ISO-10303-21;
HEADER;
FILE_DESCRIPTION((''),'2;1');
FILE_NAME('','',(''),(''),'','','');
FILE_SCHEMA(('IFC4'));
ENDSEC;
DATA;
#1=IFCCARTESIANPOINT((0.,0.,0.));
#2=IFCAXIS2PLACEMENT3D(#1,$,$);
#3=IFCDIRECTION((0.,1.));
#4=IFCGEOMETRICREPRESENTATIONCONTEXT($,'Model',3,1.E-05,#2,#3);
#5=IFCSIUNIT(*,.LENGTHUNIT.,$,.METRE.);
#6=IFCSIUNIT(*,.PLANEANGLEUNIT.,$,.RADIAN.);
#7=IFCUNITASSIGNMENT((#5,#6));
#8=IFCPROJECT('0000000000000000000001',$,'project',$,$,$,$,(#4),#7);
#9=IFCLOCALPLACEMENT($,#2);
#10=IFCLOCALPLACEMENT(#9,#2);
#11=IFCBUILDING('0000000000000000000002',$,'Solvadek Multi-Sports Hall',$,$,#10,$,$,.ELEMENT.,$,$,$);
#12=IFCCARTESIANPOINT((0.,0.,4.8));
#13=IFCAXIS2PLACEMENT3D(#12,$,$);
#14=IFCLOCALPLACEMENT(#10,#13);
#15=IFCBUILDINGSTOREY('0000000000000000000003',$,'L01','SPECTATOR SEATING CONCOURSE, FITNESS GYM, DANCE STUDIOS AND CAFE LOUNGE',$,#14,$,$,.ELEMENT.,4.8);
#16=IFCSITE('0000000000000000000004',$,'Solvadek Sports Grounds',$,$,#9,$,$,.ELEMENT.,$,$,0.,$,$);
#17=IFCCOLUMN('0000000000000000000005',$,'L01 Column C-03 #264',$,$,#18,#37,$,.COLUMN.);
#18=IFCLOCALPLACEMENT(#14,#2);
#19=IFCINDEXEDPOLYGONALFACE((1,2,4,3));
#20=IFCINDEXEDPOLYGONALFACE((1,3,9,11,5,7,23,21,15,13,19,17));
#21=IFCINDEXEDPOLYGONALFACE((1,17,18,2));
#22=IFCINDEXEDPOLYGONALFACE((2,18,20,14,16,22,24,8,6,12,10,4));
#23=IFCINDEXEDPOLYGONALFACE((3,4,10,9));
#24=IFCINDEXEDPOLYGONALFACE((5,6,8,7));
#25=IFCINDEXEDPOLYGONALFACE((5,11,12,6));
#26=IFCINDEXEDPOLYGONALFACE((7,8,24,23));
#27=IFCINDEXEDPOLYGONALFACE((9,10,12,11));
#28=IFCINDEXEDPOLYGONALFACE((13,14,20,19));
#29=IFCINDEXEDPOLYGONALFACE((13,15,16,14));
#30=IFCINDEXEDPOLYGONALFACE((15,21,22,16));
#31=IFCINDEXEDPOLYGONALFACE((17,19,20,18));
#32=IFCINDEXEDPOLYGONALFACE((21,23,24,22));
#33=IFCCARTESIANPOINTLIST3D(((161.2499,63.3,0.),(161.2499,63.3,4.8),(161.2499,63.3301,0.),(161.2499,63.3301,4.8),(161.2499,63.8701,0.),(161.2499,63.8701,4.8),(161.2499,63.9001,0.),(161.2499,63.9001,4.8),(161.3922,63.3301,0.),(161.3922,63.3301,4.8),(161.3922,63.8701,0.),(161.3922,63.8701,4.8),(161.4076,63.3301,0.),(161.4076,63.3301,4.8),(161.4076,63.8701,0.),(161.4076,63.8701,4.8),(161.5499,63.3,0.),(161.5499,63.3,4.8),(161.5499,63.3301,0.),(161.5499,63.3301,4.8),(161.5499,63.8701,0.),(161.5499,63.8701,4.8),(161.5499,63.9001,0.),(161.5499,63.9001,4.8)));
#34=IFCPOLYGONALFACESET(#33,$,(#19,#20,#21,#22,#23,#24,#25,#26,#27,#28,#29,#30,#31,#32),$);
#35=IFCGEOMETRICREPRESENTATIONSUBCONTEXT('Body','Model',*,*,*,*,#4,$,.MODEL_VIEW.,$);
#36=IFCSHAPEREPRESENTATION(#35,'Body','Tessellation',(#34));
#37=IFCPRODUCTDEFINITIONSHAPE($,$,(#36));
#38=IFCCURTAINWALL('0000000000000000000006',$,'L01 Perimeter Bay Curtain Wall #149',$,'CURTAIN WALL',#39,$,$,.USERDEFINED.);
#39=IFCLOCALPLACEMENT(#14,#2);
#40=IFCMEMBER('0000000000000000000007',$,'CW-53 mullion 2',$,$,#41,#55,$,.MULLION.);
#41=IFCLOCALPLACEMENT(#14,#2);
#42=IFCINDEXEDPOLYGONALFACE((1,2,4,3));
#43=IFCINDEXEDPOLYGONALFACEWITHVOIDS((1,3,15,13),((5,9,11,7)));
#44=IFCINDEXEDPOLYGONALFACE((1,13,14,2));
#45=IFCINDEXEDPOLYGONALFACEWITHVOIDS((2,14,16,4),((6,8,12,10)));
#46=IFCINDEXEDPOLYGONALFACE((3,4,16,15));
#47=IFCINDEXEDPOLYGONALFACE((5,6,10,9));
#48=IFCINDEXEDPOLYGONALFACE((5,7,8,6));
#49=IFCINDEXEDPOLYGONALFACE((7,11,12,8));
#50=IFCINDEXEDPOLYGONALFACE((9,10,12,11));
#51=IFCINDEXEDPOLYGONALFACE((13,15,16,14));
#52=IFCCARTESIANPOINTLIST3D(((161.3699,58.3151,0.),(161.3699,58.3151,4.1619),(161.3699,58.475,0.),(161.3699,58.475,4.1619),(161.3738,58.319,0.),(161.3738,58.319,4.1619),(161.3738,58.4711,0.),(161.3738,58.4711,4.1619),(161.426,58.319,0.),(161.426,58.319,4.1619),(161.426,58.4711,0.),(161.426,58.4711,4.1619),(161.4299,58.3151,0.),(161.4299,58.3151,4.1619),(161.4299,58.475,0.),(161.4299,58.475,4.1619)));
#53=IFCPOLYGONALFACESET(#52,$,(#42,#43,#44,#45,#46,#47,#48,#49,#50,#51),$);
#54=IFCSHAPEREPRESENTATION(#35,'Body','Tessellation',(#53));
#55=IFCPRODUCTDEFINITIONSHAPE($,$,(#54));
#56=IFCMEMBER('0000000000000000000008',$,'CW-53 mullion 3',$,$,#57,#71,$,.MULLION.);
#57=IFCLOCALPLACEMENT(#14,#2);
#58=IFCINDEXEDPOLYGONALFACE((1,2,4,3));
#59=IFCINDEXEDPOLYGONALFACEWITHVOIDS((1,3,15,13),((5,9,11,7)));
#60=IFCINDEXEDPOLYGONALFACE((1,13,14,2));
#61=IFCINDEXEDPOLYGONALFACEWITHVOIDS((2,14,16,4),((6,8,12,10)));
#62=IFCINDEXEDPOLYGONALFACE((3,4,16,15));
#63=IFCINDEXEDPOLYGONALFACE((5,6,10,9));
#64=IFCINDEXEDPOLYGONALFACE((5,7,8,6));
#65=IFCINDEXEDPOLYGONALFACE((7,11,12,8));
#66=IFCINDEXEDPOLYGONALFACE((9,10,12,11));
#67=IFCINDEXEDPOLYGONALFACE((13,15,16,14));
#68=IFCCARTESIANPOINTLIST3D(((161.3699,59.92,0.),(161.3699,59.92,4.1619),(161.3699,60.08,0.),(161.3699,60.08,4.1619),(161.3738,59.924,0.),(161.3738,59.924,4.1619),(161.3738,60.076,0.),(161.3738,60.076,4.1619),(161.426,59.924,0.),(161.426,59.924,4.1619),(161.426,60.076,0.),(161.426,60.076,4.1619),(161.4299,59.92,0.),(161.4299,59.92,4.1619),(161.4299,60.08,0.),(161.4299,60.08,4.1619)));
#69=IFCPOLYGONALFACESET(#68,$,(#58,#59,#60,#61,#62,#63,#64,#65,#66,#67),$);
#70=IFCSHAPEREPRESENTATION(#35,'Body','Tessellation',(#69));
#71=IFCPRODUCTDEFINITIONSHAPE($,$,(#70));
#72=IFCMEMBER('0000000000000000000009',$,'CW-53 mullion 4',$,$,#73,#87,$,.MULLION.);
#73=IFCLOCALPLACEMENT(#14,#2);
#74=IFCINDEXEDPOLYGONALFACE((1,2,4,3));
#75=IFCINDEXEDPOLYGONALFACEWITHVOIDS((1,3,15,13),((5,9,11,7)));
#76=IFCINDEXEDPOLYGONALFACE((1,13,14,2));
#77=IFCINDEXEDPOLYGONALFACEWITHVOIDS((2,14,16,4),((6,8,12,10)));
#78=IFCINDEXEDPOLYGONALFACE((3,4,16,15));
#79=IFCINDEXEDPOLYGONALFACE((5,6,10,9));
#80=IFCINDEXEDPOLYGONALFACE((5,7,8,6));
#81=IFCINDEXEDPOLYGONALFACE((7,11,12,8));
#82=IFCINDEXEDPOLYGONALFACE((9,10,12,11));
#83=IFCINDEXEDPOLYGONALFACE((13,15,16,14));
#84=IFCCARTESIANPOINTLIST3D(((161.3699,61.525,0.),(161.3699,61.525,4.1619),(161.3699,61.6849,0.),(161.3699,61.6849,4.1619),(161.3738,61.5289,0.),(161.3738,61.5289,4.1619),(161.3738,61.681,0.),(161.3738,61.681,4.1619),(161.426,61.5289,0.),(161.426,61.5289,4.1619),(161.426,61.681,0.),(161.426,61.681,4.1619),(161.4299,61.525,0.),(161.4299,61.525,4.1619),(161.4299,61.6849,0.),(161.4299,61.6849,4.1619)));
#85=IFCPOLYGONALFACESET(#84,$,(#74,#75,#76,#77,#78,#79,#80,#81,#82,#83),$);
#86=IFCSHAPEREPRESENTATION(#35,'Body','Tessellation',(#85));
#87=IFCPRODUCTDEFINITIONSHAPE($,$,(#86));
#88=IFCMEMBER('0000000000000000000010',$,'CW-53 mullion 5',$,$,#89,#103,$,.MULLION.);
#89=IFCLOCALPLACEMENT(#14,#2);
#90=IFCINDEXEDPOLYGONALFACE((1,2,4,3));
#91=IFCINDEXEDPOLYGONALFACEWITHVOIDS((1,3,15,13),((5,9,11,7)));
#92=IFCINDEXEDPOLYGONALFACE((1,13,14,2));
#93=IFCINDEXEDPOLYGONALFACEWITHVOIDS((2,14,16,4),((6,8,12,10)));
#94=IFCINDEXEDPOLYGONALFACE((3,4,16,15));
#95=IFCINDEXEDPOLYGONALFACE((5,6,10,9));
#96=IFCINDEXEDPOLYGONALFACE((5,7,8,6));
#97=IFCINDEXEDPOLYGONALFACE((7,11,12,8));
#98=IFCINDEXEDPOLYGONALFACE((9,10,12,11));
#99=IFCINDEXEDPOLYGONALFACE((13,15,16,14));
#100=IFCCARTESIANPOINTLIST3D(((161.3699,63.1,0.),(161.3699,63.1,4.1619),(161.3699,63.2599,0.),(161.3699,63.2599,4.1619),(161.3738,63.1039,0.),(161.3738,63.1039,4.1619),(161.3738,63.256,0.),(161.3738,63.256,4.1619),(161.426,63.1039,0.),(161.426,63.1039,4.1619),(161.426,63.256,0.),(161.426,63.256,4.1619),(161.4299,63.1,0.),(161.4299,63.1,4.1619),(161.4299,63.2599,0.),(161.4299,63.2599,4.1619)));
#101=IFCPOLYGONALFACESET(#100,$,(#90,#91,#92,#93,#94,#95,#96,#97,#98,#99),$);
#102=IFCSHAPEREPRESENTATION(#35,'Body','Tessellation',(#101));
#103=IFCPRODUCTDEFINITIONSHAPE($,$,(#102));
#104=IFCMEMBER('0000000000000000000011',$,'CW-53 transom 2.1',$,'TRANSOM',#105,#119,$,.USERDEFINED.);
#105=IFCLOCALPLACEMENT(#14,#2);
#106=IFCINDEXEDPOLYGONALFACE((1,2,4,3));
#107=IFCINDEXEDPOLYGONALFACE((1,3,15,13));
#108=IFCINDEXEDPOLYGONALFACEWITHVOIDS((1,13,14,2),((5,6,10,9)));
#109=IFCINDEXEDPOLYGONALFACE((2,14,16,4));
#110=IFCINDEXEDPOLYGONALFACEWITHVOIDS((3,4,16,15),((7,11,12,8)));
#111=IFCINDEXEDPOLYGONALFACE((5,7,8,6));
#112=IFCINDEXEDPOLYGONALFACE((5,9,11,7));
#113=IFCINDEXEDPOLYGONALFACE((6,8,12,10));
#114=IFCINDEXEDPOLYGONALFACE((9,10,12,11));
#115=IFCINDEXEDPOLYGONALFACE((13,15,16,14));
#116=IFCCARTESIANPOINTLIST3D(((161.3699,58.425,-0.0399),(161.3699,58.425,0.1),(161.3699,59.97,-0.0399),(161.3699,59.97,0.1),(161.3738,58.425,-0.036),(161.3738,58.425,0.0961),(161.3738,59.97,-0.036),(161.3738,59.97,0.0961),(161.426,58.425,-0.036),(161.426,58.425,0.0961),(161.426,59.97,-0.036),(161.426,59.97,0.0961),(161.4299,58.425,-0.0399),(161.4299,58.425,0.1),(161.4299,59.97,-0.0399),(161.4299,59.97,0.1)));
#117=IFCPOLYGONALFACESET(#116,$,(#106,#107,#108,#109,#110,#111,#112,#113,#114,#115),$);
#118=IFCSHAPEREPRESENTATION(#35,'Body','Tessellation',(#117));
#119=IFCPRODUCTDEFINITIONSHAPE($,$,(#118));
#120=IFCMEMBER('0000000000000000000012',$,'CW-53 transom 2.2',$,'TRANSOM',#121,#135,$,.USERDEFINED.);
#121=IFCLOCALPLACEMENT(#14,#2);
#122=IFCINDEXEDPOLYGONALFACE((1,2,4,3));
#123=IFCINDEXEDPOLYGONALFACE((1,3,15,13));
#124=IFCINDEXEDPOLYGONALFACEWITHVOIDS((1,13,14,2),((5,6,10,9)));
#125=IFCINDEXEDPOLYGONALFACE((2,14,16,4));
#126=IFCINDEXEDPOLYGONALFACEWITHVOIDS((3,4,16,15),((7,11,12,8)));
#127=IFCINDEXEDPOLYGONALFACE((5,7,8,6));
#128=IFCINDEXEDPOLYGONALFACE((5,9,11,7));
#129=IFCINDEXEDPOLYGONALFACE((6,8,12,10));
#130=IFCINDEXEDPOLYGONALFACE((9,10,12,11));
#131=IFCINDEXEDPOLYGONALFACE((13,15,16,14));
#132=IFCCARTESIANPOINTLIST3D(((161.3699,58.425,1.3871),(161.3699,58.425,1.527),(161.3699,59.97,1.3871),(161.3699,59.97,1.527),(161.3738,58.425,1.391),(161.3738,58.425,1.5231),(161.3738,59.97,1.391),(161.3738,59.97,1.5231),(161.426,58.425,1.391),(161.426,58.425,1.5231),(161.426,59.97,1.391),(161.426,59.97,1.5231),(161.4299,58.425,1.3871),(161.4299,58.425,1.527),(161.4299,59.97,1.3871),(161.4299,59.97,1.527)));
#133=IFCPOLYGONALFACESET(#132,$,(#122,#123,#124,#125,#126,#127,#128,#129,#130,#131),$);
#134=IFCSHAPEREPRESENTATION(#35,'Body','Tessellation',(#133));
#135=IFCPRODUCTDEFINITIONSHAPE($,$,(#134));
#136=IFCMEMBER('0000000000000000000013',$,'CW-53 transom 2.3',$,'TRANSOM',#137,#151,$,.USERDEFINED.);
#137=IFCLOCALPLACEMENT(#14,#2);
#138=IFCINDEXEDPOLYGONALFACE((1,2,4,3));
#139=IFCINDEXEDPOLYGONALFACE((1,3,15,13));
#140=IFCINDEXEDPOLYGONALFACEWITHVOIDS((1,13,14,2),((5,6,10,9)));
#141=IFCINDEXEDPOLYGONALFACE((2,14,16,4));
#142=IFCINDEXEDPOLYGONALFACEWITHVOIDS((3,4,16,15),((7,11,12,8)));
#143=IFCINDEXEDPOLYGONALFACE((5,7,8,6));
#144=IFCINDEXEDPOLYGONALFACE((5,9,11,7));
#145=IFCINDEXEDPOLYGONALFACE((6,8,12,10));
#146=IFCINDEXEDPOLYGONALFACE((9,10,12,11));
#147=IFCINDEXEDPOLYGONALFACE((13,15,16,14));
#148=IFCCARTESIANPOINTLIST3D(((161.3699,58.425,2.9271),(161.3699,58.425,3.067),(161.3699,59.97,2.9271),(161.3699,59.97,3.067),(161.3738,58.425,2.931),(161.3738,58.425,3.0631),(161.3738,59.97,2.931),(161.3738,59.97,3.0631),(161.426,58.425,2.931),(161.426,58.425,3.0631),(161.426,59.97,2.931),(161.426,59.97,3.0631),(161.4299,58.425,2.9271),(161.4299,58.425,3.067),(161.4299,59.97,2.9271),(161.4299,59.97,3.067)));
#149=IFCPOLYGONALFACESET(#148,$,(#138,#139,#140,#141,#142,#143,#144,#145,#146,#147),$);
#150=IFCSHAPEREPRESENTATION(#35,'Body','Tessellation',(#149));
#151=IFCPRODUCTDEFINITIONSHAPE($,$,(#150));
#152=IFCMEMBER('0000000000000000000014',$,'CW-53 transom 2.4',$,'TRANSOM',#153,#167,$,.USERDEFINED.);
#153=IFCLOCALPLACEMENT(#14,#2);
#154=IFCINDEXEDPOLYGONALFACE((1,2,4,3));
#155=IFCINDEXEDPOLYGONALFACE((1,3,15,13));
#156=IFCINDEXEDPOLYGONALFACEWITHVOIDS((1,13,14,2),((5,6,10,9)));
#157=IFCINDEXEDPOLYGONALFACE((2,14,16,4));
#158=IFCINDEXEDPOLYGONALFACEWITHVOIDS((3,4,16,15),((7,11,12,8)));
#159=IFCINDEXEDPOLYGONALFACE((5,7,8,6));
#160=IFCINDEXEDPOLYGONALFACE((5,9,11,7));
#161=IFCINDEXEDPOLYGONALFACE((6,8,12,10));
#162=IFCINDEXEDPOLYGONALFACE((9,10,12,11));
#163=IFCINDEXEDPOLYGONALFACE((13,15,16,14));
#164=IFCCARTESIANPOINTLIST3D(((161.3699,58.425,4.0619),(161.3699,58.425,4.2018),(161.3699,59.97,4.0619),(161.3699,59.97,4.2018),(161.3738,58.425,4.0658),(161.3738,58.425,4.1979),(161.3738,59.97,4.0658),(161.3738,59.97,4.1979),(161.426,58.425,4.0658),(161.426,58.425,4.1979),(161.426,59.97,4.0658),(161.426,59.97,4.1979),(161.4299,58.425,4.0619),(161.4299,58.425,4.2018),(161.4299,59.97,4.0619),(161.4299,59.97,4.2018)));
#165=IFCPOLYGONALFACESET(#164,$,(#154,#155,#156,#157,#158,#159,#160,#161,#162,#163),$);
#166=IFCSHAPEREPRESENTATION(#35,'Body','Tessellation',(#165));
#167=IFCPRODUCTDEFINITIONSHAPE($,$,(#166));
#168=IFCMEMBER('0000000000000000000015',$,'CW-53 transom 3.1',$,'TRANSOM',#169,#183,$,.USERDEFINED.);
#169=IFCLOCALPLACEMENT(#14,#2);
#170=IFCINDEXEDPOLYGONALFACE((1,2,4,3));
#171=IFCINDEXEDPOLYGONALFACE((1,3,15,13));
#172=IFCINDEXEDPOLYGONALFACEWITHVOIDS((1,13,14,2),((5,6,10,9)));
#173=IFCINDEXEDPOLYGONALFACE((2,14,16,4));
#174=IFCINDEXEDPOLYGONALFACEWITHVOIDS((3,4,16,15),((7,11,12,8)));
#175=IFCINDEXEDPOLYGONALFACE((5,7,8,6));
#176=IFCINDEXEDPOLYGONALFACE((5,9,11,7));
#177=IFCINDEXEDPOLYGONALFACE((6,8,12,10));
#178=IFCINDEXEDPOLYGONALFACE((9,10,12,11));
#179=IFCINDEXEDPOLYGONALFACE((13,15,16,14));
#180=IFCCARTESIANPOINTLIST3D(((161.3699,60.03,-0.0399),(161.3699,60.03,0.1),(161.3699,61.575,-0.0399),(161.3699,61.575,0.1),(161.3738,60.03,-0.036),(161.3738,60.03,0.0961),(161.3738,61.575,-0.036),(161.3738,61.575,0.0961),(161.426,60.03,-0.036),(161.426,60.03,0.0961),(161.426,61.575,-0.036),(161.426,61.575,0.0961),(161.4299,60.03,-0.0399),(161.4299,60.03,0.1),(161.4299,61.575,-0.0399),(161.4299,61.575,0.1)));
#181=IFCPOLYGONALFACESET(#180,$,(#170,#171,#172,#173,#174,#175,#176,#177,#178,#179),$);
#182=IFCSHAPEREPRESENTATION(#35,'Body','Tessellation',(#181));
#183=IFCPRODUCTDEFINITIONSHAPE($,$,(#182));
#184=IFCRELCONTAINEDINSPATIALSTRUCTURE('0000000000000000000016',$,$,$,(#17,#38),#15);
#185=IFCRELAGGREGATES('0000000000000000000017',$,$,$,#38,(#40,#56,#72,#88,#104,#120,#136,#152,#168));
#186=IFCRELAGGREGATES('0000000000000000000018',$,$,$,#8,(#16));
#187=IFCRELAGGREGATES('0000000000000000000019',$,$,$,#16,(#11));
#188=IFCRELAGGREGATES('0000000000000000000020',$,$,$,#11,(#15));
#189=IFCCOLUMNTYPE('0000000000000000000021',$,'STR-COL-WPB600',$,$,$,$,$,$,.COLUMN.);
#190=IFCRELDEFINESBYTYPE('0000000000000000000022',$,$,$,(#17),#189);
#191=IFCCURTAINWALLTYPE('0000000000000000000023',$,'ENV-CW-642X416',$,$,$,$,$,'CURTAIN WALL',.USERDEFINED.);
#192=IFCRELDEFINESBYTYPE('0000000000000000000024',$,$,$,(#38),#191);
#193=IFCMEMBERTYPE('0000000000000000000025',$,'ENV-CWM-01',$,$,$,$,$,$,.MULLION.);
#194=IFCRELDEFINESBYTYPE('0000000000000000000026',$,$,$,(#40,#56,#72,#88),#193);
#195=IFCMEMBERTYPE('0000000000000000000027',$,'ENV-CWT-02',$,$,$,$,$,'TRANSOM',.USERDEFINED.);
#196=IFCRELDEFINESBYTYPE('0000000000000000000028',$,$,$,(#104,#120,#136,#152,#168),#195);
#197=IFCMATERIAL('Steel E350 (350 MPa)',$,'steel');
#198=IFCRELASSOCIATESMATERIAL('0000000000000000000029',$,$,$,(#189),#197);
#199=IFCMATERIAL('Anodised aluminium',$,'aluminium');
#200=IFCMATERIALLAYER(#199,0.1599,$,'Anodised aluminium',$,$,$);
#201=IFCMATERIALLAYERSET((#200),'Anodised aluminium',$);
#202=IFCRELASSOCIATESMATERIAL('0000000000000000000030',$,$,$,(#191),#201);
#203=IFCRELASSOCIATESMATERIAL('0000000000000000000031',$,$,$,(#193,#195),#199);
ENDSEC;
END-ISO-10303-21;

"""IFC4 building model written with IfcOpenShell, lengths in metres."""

from ifc_helpers import new_model, si_unit, direction, frame, origin, origin_2d, place, context, subcontext, project, spatial, hollow_rectangle, i_section, extrude, material, layer, layer_set, material_profile, profile_set, type_object, element, aggregate, save


model = new_model("IFC4")

# Units and contexts
model_context = context("Model", 3, precision=1e-05, world=origin(), true_north=direction((0.0, 1.0)))
body_context = subcontext(model_context, "Body", "Model", "MODEL_VIEW")
ifc_project = project(units=[si_unit("LENGTHUNIT", "METRE"), si_unit("PLANEANGLEUNIT", "RADIAN")], contexts=[model_context])

# Site, building, storey
site_placement = place(None, origin())
site = spatial("IfcSite", under=ifc_project, at=site_placement, Name="Solvadek Sports Grounds", CompositionType="ELEMENT", RefElevation=0.0)
building_placement = place(site_placement, origin())
building = spatial("IfcBuilding", under=site, at=building_placement, Name="Solvadek Multi-Sports Hall", CompositionType="ELEMENT")
storey_placement = place(building_placement, frame((0.0, 0.0, 4.8)))
storey = spatial("IfcBuildingStorey", under=building, at=storey_placement, Name="L01", Description="SPECTATOR SEATING CONCOURSE, FITNESS GYM, DANCE STUDIOS AND CAFE LOUNGE", CompositionType="ELEMENT", Elevation=4.8)

# Column
ifc_material_1 = material(Name="Steel E350 (350 MPa)", Category="steel")
ifc_material_profile_1 = material_profile(ifc_material_1, i_section(OverallWidth=0.3, OverallDepth=0.6001, WebThickness=0.0154, FlangeThickness=0.03, at=origin_2d()), Name="WPB 600")
ifc_profile_set_1 = profile_set([ifc_material_profile_1], Name="Steel E350 (350 MPa)")
column_type = type_object("IfcColumnType", Name="STR-COL-WPB600", PredefinedType="COLUMN", material=ifc_profile_set_1)
column_placement = place(storey_placement, frame((161.3999, 63.6001, 0.0), z_axis=(0.0, 0.0, 1.0), x_axis=(1.0, 0.0, 0.0)))
element("IfcColumn", 1, at=column_placement, inside=storey, type_object=column_type, Name="L01 Column C-03 #264", PredefinedType="COLUMN", context=body_context, shape_type="SweptSolid", body=[
    extrude(i_section(OverallWidth=0.3, OverallDepth=0.6001, WebThickness=0.0154, FlangeThickness=0.03, at=origin_2d()), origin(), (0.0, 0.0, 1.0), 4.8),
])

# Curtain wall, members
ifc_material_2 = material(Name="Anodised aluminium", Category="aluminium")
ifc_layer_1 = layer(ifc_material_2, 0.1599, Name="Anodised aluminium")
ifc_layer_set_1 = layer_set([ifc_layer_1], Name="Anodised aluminium")
curtain_wall_type = type_object("IfcCurtainWallType", Name="ENV-CW-642X416", ElementType="CURTAIN WALL", PredefinedType="USERDEFINED", material=ifc_layer_set_1)
curtain_wall_placement = place(storey_placement, origin())
curtain_wall = element("IfcCurtainWall", 2, at=curtain_wall_placement, inside=storey, type_object=curtain_wall_type, Name="L01 Perimeter Bay Curtain Wall #149", ObjectType="CURTAIN WALL", PredefinedType="USERDEFINED")
ifc_material_profile_2 = material_profile(ifc_material_2, hollow_rectangle(XDim=0.0601, YDim=0.1599, WallThickness=0.0039, at=origin_2d()), Name="ALU-M 160x60x4")
ifc_profile_set_2 = profile_set([ifc_material_profile_2], Name="Anodised aluminium")
member_type_1 = type_object("IfcMemberType", Name="ENV-CWM-01", PredefinedType="MULLION", material=ifc_profile_set_2)
member_1_placement = place(storey_placement, frame((161.3999, 58.395, 0.0), z_axis=(0.0, 0.0, 1.0), x_axis=(-1.0, 0.0, 0.0)))
member_1 = element("IfcMember", 3, at=member_1_placement, type_object=member_type_1, Name="CW-53 mullion 2", PredefinedType="MULLION", context=body_context, shape_type="SweptSolid", body=[
    extrude(hollow_rectangle(XDim=0.0601, YDim=0.1599, WallThickness=0.0039, at=origin_2d()), origin(), (0.0, 0.0, 1.0), 4.1619),
])
member_2_placement = place(storey_placement, frame((161.3999, 60.0, 0.0), z_axis=(0.0, 0.0, 1.0), x_axis=(-1.0, 0.0, 0.0)))
member_2 = element("IfcMember", 4, at=member_2_placement, type_object=member_type_1, Name="CW-53 mullion 3", PredefinedType="MULLION", context=body_context, shape_type="SweptSolid", body=[
    extrude(hollow_rectangle(XDim=0.0601, YDim=0.1599, WallThickness=0.0039, at=origin_2d()), origin(), (0.0, 0.0, 1.0), 4.1619),
])
member_3_placement = place(storey_placement, frame((161.3999, 61.605, 0.0), z_axis=(0.0, 0.0, 1.0), x_axis=(-1.0, 0.0, 0.0)))
member_3 = element("IfcMember", 5, at=member_3_placement, type_object=member_type_1, Name="CW-53 mullion 4", PredefinedType="MULLION", context=body_context, shape_type="SweptSolid", body=[
    extrude(hollow_rectangle(XDim=0.0601, YDim=0.1599, WallThickness=0.0039, at=origin_2d()), origin(), (0.0, 0.0, 1.0), 4.1619),
])
member_4_placement = place(storey_placement, frame((161.3999, 63.1799, 0.0), z_axis=(0.0, 0.0, 1.0), x_axis=(-1.0, 0.0, 0.0)))
member_4 = element("IfcMember", 6, at=member_4_placement, type_object=member_type_1, Name="CW-53 mullion 5", PredefinedType="MULLION", context=body_context, shape_type="SweptSolid", body=[
    extrude(hollow_rectangle(XDim=0.0601, YDim=0.1599, WallThickness=0.0039, at=origin_2d()), origin(), (0.0, 0.0, 1.0), 4.1619),
])
ifc_material_profile_3 = material_profile(ifc_material_2, hollow_rectangle(XDim=0.0601, YDim=0.1399, WallThickness=0.0039, at=origin_2d()), Name="ALU-T 140x60x4")
ifc_profile_set_3 = profile_set([ifc_material_profile_3], Name="Anodised aluminium")
member_type_2 = type_object("IfcMemberType", Name="ENV-CWT-02", ElementType="TRANSOM", PredefinedType="USERDEFINED", material=ifc_profile_set_3)
member_5_placement = place(storey_placement, frame((161.3999, 58.425, 0.03), z_axis=(0.0, 1.0, 0.0), x_axis=(-1.0, 0.0, 0.0)))
member_5 = element("IfcMember", 7, at=member_5_placement, type_object=member_type_2, Name="CW-53 transom 2.1", ObjectType="TRANSOM", PredefinedType="USERDEFINED", context=body_context, shape_type="SweptSolid", body=[
    extrude(hollow_rectangle(XDim=0.0601, YDim=0.1399, WallThickness=0.0039, at=origin_2d()), origin(), (0.0, 0.0, 1.0), 1.5449),
])
member_6_placement = place(storey_placement, frame((161.3999, 58.425, 1.457), z_axis=(0.0, 1.0, 0.0), x_axis=(-1.0, 0.0, 0.0)))
member_6 = element("IfcMember", 8, at=member_6_placement, type_object=member_type_2, Name="CW-53 transom 2.2", ObjectType="TRANSOM", PredefinedType="USERDEFINED", context=body_context, shape_type="SweptSolid", body=[
    extrude(hollow_rectangle(XDim=0.0601, YDim=0.1399, WallThickness=0.0039, at=origin_2d()), origin(), (0.0, 0.0, 1.0), 1.5449),
])
member_7_placement = place(storey_placement, frame((161.3999, 58.425, 2.9971), z_axis=(0.0, 1.0, 0.0), x_axis=(-1.0, 0.0, 0.0)))
member_7 = element("IfcMember", 9, at=member_7_placement, type_object=member_type_2, Name="CW-53 transom 2.3", ObjectType="TRANSOM", PredefinedType="USERDEFINED", context=body_context, shape_type="SweptSolid", body=[
    extrude(hollow_rectangle(XDim=0.0601, YDim=0.1399, WallThickness=0.0039, at=origin_2d()), origin(), (0.0, 0.0, 1.0), 1.5449),
])
member_8_placement = place(storey_placement, frame((161.3999, 58.425, 4.1318), z_axis=(0.0, 1.0, 0.0), x_axis=(-1.0, 0.0, 0.0)))
member_8 = element("IfcMember", 10, at=member_8_placement, type_object=member_type_2, Name="CW-53 transom 2.4", ObjectType="TRANSOM", PredefinedType="USERDEFINED", context=body_context, shape_type="SweptSolid", body=[
    extrude(hollow_rectangle(XDim=0.0601, YDim=0.1399, WallThickness=0.0039, at=origin_2d()), origin(), (0.0, 0.0, 1.0), 1.5449),
])
member_9_placement = place(storey_placement, frame((161.3999, 60.03, 0.03), z_axis=(0.0, 1.0, 0.0), x_axis=(-1.0, 0.0, 0.0)))
member_9 = element("IfcMember", 11, at=member_9_placement, type_object=member_type_2, Name="CW-53 transom 3.1", ObjectType="TRANSOM", PredefinedType="USERDEFINED", context=body_context, shape_type="SweptSolid", body=[
    extrude(hollow_rectangle(XDim=0.0601, YDim=0.1399, WallThickness=0.0039, at=origin_2d()), origin(), (0.0, 0.0, 1.0), 1.5449),
])

aggregate(curtain_wall, [member_1, member_2, member_3, member_4, member_5, member_6, member_7, member_8, member_9])

save(model, "model.ifc")
